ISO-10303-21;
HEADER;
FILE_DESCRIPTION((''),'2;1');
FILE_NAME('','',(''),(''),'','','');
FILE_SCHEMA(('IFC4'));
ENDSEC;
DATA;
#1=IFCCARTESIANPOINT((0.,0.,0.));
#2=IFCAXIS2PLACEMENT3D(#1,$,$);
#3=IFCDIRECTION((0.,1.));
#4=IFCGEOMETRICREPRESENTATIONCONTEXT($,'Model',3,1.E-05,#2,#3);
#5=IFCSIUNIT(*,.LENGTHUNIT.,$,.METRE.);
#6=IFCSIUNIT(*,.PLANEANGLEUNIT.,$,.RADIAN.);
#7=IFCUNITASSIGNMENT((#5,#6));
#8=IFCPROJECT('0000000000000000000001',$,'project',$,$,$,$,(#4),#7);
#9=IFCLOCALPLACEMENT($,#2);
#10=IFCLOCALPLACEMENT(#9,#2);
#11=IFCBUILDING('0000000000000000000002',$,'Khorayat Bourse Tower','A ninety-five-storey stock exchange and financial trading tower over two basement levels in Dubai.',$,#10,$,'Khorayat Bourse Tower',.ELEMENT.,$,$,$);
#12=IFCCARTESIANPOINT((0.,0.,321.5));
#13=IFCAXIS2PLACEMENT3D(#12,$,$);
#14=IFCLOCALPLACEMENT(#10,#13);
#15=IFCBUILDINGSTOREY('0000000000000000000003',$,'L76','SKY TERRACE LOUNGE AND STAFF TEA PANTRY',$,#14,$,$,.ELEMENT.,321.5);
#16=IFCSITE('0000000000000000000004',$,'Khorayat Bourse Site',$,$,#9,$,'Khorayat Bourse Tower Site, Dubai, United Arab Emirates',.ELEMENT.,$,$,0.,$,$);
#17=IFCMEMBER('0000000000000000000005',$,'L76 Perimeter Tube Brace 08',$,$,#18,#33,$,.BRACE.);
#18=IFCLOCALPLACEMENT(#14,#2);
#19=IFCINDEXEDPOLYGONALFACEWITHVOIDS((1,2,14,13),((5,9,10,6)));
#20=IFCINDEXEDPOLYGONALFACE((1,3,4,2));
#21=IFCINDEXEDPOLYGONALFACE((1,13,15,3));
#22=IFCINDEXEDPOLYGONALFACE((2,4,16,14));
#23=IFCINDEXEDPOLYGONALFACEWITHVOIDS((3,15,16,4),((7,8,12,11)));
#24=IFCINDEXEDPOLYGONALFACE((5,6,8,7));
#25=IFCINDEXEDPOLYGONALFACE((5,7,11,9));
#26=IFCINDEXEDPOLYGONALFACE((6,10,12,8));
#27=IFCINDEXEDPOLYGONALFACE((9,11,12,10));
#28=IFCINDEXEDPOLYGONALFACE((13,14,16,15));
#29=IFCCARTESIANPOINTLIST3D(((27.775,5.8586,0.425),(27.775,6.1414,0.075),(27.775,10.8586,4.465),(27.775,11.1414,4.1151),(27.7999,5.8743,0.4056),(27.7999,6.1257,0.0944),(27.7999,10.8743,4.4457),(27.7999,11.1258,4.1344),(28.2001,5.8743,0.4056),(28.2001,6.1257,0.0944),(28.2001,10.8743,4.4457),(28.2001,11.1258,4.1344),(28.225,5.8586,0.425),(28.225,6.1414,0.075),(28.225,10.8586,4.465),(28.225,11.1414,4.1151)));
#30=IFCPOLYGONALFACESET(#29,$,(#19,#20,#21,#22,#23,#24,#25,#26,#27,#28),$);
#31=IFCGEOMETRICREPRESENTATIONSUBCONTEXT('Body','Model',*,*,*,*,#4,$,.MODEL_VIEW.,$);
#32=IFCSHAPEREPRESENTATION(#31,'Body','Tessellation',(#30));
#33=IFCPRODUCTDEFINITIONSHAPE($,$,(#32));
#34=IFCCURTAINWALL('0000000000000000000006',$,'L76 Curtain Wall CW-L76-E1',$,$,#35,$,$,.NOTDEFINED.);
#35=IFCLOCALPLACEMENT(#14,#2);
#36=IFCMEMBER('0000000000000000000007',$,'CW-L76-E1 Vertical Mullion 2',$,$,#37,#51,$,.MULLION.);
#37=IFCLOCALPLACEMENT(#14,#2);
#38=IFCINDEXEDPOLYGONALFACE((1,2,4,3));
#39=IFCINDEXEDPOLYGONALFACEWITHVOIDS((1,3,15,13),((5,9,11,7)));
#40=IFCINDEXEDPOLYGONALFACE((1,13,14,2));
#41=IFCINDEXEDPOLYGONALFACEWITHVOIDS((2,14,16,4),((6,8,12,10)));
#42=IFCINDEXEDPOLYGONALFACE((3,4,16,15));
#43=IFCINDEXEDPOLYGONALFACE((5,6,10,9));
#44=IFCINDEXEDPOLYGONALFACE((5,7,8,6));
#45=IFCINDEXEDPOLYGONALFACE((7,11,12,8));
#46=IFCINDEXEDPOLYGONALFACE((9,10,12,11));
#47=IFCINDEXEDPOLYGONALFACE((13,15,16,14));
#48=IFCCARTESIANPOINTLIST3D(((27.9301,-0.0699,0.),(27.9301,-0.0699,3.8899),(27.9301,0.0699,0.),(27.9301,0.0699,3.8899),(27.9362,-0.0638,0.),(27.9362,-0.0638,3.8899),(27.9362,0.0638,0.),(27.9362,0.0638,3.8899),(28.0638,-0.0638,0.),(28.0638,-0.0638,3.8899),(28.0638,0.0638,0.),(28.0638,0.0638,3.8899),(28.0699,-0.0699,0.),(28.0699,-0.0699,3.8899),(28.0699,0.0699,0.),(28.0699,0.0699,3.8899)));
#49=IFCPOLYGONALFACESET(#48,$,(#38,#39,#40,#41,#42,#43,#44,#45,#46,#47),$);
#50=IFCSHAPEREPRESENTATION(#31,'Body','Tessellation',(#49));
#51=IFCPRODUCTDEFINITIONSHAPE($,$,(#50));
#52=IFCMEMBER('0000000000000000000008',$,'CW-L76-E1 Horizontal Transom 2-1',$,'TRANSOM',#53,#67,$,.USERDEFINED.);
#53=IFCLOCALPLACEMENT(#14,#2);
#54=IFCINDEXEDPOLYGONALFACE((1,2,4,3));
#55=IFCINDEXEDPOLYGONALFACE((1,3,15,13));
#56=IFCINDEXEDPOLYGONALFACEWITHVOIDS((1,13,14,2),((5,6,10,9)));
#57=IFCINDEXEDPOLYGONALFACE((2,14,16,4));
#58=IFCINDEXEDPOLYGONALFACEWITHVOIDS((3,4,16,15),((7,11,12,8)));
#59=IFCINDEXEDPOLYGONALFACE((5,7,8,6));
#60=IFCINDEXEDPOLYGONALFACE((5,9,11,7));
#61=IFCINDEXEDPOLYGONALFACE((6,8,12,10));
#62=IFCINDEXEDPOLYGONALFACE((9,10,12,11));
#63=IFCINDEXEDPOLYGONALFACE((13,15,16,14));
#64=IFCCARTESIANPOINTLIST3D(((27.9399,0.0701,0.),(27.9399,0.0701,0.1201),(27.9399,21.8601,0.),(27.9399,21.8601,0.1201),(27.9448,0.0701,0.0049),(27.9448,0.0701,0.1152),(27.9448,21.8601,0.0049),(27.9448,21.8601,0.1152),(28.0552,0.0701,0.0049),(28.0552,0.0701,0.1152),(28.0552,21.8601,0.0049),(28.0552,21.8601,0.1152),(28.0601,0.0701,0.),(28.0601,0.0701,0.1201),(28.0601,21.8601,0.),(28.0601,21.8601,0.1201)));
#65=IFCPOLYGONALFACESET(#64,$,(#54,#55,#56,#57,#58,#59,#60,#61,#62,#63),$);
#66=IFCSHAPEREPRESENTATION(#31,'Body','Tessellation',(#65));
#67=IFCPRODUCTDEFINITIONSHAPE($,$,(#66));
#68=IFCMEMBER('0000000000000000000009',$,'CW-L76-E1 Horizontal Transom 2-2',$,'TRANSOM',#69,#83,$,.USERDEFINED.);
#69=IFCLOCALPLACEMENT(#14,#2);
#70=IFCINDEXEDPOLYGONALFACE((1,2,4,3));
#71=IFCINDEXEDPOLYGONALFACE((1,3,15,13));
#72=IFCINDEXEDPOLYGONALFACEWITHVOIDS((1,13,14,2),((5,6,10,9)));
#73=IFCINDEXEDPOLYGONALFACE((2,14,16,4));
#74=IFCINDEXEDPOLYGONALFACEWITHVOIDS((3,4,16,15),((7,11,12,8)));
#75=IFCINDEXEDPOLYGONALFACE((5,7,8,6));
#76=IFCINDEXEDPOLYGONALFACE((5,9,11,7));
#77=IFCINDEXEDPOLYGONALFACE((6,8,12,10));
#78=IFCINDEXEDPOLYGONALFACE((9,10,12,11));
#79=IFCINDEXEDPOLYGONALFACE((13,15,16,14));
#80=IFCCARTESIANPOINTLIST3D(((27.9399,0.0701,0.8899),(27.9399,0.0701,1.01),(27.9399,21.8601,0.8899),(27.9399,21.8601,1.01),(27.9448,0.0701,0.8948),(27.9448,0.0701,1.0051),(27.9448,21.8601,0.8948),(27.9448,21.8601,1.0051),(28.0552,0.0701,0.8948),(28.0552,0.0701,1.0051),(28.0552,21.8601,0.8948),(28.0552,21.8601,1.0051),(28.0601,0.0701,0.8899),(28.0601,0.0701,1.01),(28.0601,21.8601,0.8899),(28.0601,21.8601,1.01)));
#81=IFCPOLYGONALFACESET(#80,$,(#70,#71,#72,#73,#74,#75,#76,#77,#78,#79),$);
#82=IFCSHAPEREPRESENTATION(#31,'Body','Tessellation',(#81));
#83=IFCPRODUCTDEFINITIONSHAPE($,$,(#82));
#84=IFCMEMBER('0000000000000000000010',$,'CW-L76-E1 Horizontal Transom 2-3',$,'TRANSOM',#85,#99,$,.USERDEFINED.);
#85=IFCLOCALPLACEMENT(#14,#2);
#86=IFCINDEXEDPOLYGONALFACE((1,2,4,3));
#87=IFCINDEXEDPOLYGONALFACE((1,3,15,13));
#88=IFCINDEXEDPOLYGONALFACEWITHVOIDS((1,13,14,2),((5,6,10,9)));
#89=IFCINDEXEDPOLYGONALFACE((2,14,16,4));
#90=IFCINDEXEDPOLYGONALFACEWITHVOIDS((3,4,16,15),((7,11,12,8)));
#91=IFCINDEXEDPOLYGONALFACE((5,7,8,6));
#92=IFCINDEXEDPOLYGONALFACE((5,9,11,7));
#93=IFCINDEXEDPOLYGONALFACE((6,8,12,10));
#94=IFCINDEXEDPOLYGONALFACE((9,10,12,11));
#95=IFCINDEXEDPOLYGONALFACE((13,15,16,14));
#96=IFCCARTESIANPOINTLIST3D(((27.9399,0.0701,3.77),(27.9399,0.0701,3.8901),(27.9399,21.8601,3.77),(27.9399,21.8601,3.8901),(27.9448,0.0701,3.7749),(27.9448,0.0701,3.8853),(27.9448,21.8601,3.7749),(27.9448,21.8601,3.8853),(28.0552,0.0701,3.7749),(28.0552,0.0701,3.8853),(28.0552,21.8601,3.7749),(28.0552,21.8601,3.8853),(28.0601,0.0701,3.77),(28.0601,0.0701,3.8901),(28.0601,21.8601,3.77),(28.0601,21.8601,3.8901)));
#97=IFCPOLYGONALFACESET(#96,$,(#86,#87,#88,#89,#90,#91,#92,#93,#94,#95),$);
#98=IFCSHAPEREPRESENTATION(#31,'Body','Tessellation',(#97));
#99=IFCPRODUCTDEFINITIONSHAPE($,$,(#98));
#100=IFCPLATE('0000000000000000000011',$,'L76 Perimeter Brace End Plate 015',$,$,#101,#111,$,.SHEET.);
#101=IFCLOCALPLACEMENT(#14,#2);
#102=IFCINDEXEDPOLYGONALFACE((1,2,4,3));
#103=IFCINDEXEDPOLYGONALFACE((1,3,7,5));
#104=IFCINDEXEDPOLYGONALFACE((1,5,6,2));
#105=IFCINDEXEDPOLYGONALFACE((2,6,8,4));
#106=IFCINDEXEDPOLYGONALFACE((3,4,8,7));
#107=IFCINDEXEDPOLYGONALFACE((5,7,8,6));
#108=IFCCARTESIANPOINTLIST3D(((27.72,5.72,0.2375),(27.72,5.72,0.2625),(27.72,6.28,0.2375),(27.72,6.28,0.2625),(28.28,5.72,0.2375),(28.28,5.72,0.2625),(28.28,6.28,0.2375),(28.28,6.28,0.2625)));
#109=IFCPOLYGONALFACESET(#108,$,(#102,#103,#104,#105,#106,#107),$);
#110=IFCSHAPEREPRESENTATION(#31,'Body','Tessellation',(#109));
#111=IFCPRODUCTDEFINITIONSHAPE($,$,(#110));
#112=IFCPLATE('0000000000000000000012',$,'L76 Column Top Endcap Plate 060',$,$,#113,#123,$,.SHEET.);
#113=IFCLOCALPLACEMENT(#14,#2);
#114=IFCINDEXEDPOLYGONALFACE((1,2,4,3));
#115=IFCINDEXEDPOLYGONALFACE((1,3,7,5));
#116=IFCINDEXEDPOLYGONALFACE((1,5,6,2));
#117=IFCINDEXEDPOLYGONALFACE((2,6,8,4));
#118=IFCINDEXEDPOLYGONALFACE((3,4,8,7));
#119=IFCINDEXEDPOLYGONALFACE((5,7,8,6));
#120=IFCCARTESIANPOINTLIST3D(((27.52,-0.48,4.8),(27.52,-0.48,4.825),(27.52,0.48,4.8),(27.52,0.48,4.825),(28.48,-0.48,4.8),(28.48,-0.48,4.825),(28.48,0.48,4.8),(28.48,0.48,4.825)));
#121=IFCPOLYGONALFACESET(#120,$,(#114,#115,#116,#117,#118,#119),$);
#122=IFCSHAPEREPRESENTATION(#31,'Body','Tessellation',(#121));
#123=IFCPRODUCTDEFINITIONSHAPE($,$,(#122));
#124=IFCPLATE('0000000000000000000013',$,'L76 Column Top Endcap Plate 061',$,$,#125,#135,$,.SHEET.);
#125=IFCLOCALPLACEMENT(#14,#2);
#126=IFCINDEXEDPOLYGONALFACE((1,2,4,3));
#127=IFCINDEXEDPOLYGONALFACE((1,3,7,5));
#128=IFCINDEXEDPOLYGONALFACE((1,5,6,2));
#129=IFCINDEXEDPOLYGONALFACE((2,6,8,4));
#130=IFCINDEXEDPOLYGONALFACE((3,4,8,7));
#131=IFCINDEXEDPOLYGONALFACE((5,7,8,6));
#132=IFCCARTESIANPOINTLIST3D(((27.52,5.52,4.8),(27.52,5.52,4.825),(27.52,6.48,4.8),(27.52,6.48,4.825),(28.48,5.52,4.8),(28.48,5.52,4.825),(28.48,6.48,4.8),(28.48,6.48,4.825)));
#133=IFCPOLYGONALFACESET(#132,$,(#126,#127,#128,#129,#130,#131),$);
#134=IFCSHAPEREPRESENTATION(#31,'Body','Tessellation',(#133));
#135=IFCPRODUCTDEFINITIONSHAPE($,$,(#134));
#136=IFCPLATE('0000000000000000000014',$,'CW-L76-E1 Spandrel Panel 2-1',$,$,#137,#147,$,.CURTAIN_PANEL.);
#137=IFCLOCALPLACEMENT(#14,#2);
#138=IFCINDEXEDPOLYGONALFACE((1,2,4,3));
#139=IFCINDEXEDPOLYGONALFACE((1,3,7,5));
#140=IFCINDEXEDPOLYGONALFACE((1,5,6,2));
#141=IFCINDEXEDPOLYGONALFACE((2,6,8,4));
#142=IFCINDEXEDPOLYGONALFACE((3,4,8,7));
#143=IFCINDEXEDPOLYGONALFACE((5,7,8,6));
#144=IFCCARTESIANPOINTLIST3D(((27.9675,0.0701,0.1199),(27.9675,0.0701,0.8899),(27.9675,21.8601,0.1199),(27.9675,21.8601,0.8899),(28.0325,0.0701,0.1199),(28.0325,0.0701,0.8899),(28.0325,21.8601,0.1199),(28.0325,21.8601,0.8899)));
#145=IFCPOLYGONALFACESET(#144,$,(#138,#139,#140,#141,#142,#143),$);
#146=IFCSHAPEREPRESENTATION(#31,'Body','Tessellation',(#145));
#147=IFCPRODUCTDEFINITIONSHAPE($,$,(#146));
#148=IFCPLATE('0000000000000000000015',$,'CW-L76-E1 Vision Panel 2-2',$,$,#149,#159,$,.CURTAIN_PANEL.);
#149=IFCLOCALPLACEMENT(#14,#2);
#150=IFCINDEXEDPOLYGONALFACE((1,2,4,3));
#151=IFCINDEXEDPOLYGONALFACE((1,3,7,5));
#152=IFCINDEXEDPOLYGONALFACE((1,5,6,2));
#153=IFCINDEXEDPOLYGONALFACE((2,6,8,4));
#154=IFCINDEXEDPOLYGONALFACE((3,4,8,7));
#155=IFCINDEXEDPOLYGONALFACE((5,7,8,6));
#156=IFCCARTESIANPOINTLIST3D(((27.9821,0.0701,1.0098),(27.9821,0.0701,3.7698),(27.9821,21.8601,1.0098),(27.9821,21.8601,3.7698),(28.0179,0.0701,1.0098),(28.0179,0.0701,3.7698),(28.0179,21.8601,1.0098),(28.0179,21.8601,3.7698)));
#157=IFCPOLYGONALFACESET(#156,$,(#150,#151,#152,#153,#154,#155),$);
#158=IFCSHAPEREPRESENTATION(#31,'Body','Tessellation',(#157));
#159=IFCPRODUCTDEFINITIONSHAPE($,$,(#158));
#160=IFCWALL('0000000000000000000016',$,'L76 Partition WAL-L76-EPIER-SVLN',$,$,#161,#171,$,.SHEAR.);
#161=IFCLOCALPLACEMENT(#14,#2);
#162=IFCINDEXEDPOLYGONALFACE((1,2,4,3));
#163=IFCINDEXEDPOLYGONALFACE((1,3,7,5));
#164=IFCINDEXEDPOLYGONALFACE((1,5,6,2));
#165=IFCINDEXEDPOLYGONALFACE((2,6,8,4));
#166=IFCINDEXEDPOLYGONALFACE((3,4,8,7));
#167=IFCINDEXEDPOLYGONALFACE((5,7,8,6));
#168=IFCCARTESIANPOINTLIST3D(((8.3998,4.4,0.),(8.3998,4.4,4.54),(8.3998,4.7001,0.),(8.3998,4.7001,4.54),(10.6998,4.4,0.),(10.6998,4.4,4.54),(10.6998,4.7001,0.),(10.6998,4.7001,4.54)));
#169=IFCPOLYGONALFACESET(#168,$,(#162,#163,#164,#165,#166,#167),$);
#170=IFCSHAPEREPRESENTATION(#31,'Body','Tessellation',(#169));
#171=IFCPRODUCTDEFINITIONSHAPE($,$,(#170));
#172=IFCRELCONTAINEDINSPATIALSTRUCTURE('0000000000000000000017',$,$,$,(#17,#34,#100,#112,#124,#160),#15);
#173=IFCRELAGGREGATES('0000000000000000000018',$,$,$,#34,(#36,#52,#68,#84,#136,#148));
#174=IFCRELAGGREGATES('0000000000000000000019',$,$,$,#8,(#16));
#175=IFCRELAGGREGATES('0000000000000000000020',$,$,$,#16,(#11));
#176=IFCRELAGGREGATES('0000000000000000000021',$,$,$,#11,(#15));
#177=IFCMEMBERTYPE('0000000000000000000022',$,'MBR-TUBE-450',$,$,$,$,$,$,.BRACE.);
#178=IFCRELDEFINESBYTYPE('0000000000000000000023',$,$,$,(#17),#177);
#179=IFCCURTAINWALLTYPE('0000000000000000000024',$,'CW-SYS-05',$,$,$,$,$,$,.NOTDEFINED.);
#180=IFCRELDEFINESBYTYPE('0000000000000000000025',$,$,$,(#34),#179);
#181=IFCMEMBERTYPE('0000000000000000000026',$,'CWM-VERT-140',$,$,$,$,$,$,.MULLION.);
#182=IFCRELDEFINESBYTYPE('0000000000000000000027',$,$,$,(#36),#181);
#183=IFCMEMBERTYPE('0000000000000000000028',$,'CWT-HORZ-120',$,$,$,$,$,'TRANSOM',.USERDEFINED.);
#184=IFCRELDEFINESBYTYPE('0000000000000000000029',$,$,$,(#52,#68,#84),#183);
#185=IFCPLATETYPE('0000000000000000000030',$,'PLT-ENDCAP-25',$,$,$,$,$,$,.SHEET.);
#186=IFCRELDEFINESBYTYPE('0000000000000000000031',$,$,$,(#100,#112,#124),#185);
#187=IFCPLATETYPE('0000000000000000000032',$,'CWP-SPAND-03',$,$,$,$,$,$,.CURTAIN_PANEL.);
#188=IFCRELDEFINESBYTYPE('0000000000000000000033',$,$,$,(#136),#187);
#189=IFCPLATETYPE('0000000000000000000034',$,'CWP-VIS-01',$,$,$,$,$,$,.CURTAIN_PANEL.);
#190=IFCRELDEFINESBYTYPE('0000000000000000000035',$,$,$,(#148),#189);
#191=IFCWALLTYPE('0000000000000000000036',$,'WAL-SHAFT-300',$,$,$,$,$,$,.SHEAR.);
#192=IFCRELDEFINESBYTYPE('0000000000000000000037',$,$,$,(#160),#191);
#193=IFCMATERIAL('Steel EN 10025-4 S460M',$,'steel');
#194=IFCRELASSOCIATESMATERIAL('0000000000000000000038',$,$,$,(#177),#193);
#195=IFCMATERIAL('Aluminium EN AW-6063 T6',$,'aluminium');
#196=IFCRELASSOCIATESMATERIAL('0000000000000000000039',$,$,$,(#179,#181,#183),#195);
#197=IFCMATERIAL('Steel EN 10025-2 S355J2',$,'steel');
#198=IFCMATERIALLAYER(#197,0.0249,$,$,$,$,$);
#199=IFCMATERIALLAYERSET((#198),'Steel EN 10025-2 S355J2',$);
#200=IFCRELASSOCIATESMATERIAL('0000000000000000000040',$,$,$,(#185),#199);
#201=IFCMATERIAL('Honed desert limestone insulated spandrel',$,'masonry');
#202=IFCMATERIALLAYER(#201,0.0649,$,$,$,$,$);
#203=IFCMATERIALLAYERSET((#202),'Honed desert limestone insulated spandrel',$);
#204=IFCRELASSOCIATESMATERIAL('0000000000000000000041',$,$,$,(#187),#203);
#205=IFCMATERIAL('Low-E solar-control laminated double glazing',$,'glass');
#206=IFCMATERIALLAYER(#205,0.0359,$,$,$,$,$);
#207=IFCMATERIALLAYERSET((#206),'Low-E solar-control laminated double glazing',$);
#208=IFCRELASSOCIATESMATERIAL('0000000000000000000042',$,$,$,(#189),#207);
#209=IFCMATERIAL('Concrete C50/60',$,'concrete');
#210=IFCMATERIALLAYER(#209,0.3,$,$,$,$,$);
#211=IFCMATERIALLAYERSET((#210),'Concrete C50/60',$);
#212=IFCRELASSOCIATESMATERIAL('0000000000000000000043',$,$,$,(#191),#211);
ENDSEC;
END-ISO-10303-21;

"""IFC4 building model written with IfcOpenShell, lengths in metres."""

from ifc_helpers import new_model, si_unit, direction, frame, frame_2d, origin, origin_2d, place, context, subcontext, project, spatial, rectangle, hollow_rectangle, extrude, source, transform, mapped, material, layer, layer_set, material_profile, profile_set, type_object, element, aggregate, save


model = new_model("IFC4")

# Units and contexts
model_context = context("Model", 3, precision=1e-05, world=origin(), true_north=direction((0.0, 1.0)))
body_context = subcontext(model_context, "Body", "Model", "MODEL_VIEW")
ifc_project = project(units=[si_unit("LENGTHUNIT", "METRE"), si_unit("PLANEANGLEUNIT", "RADIAN")], contexts=[model_context])

# Site, building, storey
site_placement = place(None, origin())
site = spatial("IfcSite", under=ifc_project, at=site_placement, Name="Khorayat Bourse Site", LongName="Khorayat Bourse Tower Site, Dubai, United Arab Emirates", CompositionType="ELEMENT", RefElevation=0.0)
building_placement = place(site_placement, origin())
building = spatial("IfcBuilding", under=site, at=building_placement, Name="Khorayat Bourse Tower", Description="A ninety-five-storey stock exchange and financial trading tower over two basement levels in Dubai.", LongName="Khorayat Bourse Tower", CompositionType="ELEMENT")
storey_placement = place(building_placement, frame((0.0, 0.0, 321.5)))
storey = spatial("IfcBuildingStorey", under=building, at=storey_placement, Name="L76", Description="SKY TERRACE LOUNGE AND STAFF TEA PANTRY", CompositionType="ELEMENT", Elevation=321.5)

# Shared definitions
ifc_material_1 = material(Name="Steel EN 10025-4 S460M", Category="steel")

# Member
ifc_material_profile_1 = material_profile(ifc_material_1, hollow_rectangle(XDim=0.45, YDim=0.45, WallThickness=0.0249, at=origin_2d()), Name="HSS 450x450x25")
ifc_profile_set_1 = profile_set([ifc_material_profile_1], Name="Steel EN 10025-4 S460M")
member_type_1 = type_object("IfcMemberType", Name="MBR-TUBE-450", PredefinedType="BRACE", material=ifc_profile_set_1)
shared_shape_1 = source(origin(), body_context, "Body", "SweptSolid", [
    extrude(hollow_rectangle(XDim=0.45, YDim=0.45, WallThickness=0.0249, at=origin_2d()), origin(), (0.0, 0.0, 1.0), 6.4282),
])
member_1_placement = place(storey_placement, frame((28.0, 6.0, 0.25), z_axis=(0.0, 0.777821, 0.628486), x_axis=(-1.0, 0.0, 0.0)))
element("IfcMember", 1, at=member_1_placement, inside=storey, type_object=member_type_1, Name="L76 Perimeter Tube Brace 08", PredefinedType="BRACE", context=body_context, shape_type="MappedRepresentation", body=[
    mapped(shared_shape_1, transform((0.0, 0.0, 0.0), scale=1.0)),
])

# Curtain wall, members
ifc_material_2 = material(Name="Aluminium EN AW-6063 T6", Category="aluminium")
curtain_wall_type = type_object("IfcCurtainWallType", Name="CW-SYS-05", PredefinedType="NOTDEFINED", material=ifc_material_2)
curtain_wall_placement = place(storey_placement, origin())
curtain_wall = element("IfcCurtainWall", 2, at=curtain_wall_placement, inside=storey, type_object=curtain_wall_type, Name="L76 Curtain Wall CW-L76-E1", PredefinedType="NOTDEFINED")
ifc_material_profile_2 = material_profile(ifc_material_2, hollow_rectangle(XDim=0.1399, YDim=0.1399, WallThickness=0.0061, at=origin_2d()), Name="ALU 140x140x6")
ifc_profile_set_2 = profile_set([ifc_material_profile_2], Name="Aluminium EN AW-6063 T6")
member_type_2 = type_object("IfcMemberType", Name="CWM-VERT-140", PredefinedType="MULLION", material=ifc_profile_set_2)
shared_shape_2 = source(origin(), body_context, "Body", "SweptSolid", [
    extrude(hollow_rectangle(XDim=0.1399, YDim=0.1399, WallThickness=0.0061, at=origin_2d()), origin(), (0.0, 0.0, 1.0), 3.8899),
])
member_2_placement = place(storey_placement, frame((28.0, 0.0, 0.0), z_axis=(0.0, 0.0, 1.0), x_axis=(-1.0, 0.0, 0.0)))
member_2 = element("IfcMember", 3, at=member_2_placement, type_object=member_type_2, Name="CW-L76-E1 Vertical Mullion 2", PredefinedType="MULLION", context=body_context, shape_type="MappedRepresentation", body=[
    mapped(shared_shape_2, transform((0.0, 0.0, 0.0), scale=1.0)),
])
ifc_material_profile_3 = material_profile(ifc_material_2, hollow_rectangle(XDim=0.1201, YDim=0.1201, WallThickness=0.0049, at=origin_2d()), Name="ALU 120x120x5")
ifc_profile_set_3 = profile_set([ifc_material_profile_3], Name="Aluminium EN AW-6063 T6")
member_type_3 = type_object("IfcMemberType", Name="CWT-HORZ-120", ElementType="TRANSOM", PredefinedType="USERDEFINED", material=ifc_profile_set_3)
shared_shape_3 = source(origin(), body_context, "Body", "SweptSolid", [
    extrude(hollow_rectangle(XDim=0.1201, YDim=0.1201, WallThickness=0.0049, at=origin_2d()), origin(), (0.0, 0.0, 1.0), 21.79),
])
member_3_placement = place(storey_placement, frame((28.0, 0.0701, 0.0601), z_axis=(0.0, 1.0, 0.0), x_axis=(-1.0, 0.0, 0.0)))
member_3 = element("IfcMember", 4, at=member_3_placement, type_object=member_type_3, Name="CW-L76-E1 Horizontal Transom 2-1", ObjectType="TRANSOM", PredefinedType="USERDEFINED", context=body_context, shape_type="MappedRepresentation", body=[
    mapped(shared_shape_3, transform((0.0, 0.0, 0.0), scale=1.0)),
])
member_4_placement = place(storey_placement, frame((28.0, 0.0701, 0.95), z_axis=(0.0, 1.0, 0.0), x_axis=(-1.0, 0.0, 0.0)))
member_4 = element("IfcMember", 5, at=member_4_placement, type_object=member_type_3, Name="CW-L76-E1 Horizontal Transom 2-2", ObjectType="TRANSOM", PredefinedType="USERDEFINED", context=body_context, shape_type="MappedRepresentation", body=[
    mapped(shared_shape_3, transform((0.0, 0.0, 0.0), scale=1.0)),
])
member_5_placement = place(storey_placement, frame((28.0, 0.0701, 3.8301), z_axis=(0.0, 1.0, 0.0), x_axis=(-1.0, 0.0, 0.0)))
member_5 = element("IfcMember", 6, at=member_5_placement, type_object=member_type_3, Name="CW-L76-E1 Horizontal Transom 2-3", ObjectType="TRANSOM", PredefinedType="USERDEFINED", context=body_context, shape_type="MappedRepresentation", body=[
    mapped(shared_shape_3, transform((0.0, 0.0, 0.0), scale=1.0)),
])

# Plates
ifc_material_3 = material(Name="Steel EN 10025-2 S355J2", Category="steel")
ifc_layer_1 = layer(ifc_material_3, 0.0249)
ifc_layer_set_1 = layer_set([ifc_layer_1], Name="Steel EN 10025-2 S355J2")
plate_type_1 = type_object("IfcPlateType", Name="PLT-ENDCAP-25", PredefinedType="SHEET", material=ifc_layer_set_1)
shared_shape_4 = source(origin(), body_context, "Body", "SweptSolid", [
    extrude(rectangle(XDim=0.5601, YDim=0.5601, at=origin_2d()), origin(), (0.0, 0.0, 1.0), 0.0249),
])
plate_1_placement = place(storey_placement, frame((28.0, 6.0, 0.2375), z_axis=(0.0, 0.0, 1.0), x_axis=(1.0, 0.0, 0.0)))
element("IfcPlate", 7, at=plate_1_placement, inside=storey, type_object=plate_type_1, Name="L76 Perimeter Brace End Plate 015", PredefinedType="SHEET", context=body_context, shape_type="MappedRepresentation", body=[
    mapped(shared_shape_4, transform((0.0, 0.0, 0.0), scale=1.0)),
])
shared_shape_5 = source(origin(), body_context, "Body", "SweptSolid", [
    extrude(rectangle(XDim=0.96, YDim=0.96, at=origin_2d()), origin(), (0.0, 0.0, 1.0), 0.0249),
])
for number, where, z_axis, x_axis, name in (
    (8, (28.0, 0.0, 4.8), (0.0, 0.0, 1.0), (1.0, 0.0, 0.0), "L76 Column Top Endcap Plate 060"),
    (9, (28.0, 6.0, 4.8), (0.0, 0.0, 1.0), (1.0, 0.0, 0.0), "L76 Column Top Endcap Plate 061"),
):
    element("IfcPlate", number, at=place(storey_placement, frame(where, z_axis=z_axis, x_axis=x_axis)), inside=storey, type_object=plate_type_1, Name=name, PredefinedType="SHEET", context=body_context, shape_type="MappedRepresentation", body=[
        mapped(shared_shape_5, transform((0.0, 0.0, 0.0), scale=1.0)),
    ])

# Plates
ifc_material_4 = material(Name="Honed desert limestone insulated spandrel", Category="masonry")
ifc_layer_2 = layer(ifc_material_4, 0.0649)
ifc_layer_set_2 = layer_set([ifc_layer_2], Name="Honed desert limestone insulated spandrel")
plate_type_2 = type_object("IfcPlateType", Name="CWP-SPAND-03", PredefinedType="CURTAIN_PANEL", material=ifc_layer_set_2)
shared_shape_6 = source(origin(), body_context, "Body", "SweptSolid", [
    extrude(rectangle(XDim=21.79, YDim=0.0649, at=origin_2d()), origin(), (0.0, 0.0, 1.0), 0.77),
])
plate_2_placement = place(storey_placement, frame((28.0, 10.9651, 0.1199), z_axis=(0.0, 0.0, 1.0), x_axis=(0.0, 1.0, 0.0)))
plate_2 = element("IfcPlate", 10, at=plate_2_placement, type_object=plate_type_2, Name="CW-L76-E1 Spandrel Panel 2-1", PredefinedType="CURTAIN_PANEL", context=body_context, shape_type="MappedRepresentation", body=[
    mapped(shared_shape_6, transform((0.0, 0.0, 0.0), scale=1.0)),
])
ifc_material_5 = material(Name="Low-E solar-control laminated double glazing", Category="glass")
ifc_layer_3 = layer(ifc_material_5, 0.0359)
ifc_layer_set_3 = layer_set([ifc_layer_3], Name="Low-E solar-control laminated double glazing")
plate_type_3 = type_object("IfcPlateType", Name="CWP-VIS-01", PredefinedType="CURTAIN_PANEL", material=ifc_layer_set_3)
shared_shape_7 = source(origin(), body_context, "Body", "SweptSolid", [
    extrude(rectangle(XDim=21.79, YDim=0.0359, at=origin_2d()), origin(), (0.0, 0.0, 1.0), 2.76),
])
plate_3_placement = place(storey_placement, frame((28.0, 10.9651, 1.0098), z_axis=(0.0, 0.0, 1.0), x_axis=(0.0, 1.0, 0.0)))
plate_3 = element("IfcPlate", 11, at=plate_3_placement, type_object=plate_type_3, Name="CW-L76-E1 Vision Panel 2-2", PredefinedType="CURTAIN_PANEL", context=body_context, shape_type="MappedRepresentation", body=[
    mapped(shared_shape_7, transform((0.0, 0.0, 0.0), scale=1.0)),
])
aggregate(curtain_wall, [member_2, member_3, member_4, member_5, plate_2, plate_3])

# Wall
ifc_material_6 = material(Name="Concrete C50/60", Category="concrete")
ifc_layer_4 = layer(ifc_material_6, 0.3)
ifc_layer_set_4 = layer_set([ifc_layer_4], Name="Concrete C50/60")
wall_type_1 = type_object("IfcWallType", Name="WAL-SHAFT-300", PredefinedType="SHEAR", material=ifc_layer_set_4)
shared_shape_8 = source(origin(), body_context, "Body", "SweptSolid", [
    extrude(rectangle(XDim=2.3, YDim=0.3, at=frame_2d((1.1499, 0.0))), origin(), (0.0, 0.0, 1.0), 4.54),
])
for number, where, z_axis, x_axis, name in (
    (12, (8.3999, 4.55, 0.0), (0.0, 0.0, 1.0), (1.0, 0.0, 0.0), "L76 Partition WAL-L76-EPIER-SVLN"),
):
    element("IfcWall", number, at=place(storey_placement, frame(where, z_axis=z_axis, x_axis=x_axis)), inside=storey, type_object=wall_type_1, Name=name, PredefinedType="SHEAR", context=body_context, shape_type="MappedRepresentation", body=[
        mapped(shared_shape_8, transform((0.0, 0.0, 0.0), scale=1.0)),
    ])

save(model, "model.ifc")
